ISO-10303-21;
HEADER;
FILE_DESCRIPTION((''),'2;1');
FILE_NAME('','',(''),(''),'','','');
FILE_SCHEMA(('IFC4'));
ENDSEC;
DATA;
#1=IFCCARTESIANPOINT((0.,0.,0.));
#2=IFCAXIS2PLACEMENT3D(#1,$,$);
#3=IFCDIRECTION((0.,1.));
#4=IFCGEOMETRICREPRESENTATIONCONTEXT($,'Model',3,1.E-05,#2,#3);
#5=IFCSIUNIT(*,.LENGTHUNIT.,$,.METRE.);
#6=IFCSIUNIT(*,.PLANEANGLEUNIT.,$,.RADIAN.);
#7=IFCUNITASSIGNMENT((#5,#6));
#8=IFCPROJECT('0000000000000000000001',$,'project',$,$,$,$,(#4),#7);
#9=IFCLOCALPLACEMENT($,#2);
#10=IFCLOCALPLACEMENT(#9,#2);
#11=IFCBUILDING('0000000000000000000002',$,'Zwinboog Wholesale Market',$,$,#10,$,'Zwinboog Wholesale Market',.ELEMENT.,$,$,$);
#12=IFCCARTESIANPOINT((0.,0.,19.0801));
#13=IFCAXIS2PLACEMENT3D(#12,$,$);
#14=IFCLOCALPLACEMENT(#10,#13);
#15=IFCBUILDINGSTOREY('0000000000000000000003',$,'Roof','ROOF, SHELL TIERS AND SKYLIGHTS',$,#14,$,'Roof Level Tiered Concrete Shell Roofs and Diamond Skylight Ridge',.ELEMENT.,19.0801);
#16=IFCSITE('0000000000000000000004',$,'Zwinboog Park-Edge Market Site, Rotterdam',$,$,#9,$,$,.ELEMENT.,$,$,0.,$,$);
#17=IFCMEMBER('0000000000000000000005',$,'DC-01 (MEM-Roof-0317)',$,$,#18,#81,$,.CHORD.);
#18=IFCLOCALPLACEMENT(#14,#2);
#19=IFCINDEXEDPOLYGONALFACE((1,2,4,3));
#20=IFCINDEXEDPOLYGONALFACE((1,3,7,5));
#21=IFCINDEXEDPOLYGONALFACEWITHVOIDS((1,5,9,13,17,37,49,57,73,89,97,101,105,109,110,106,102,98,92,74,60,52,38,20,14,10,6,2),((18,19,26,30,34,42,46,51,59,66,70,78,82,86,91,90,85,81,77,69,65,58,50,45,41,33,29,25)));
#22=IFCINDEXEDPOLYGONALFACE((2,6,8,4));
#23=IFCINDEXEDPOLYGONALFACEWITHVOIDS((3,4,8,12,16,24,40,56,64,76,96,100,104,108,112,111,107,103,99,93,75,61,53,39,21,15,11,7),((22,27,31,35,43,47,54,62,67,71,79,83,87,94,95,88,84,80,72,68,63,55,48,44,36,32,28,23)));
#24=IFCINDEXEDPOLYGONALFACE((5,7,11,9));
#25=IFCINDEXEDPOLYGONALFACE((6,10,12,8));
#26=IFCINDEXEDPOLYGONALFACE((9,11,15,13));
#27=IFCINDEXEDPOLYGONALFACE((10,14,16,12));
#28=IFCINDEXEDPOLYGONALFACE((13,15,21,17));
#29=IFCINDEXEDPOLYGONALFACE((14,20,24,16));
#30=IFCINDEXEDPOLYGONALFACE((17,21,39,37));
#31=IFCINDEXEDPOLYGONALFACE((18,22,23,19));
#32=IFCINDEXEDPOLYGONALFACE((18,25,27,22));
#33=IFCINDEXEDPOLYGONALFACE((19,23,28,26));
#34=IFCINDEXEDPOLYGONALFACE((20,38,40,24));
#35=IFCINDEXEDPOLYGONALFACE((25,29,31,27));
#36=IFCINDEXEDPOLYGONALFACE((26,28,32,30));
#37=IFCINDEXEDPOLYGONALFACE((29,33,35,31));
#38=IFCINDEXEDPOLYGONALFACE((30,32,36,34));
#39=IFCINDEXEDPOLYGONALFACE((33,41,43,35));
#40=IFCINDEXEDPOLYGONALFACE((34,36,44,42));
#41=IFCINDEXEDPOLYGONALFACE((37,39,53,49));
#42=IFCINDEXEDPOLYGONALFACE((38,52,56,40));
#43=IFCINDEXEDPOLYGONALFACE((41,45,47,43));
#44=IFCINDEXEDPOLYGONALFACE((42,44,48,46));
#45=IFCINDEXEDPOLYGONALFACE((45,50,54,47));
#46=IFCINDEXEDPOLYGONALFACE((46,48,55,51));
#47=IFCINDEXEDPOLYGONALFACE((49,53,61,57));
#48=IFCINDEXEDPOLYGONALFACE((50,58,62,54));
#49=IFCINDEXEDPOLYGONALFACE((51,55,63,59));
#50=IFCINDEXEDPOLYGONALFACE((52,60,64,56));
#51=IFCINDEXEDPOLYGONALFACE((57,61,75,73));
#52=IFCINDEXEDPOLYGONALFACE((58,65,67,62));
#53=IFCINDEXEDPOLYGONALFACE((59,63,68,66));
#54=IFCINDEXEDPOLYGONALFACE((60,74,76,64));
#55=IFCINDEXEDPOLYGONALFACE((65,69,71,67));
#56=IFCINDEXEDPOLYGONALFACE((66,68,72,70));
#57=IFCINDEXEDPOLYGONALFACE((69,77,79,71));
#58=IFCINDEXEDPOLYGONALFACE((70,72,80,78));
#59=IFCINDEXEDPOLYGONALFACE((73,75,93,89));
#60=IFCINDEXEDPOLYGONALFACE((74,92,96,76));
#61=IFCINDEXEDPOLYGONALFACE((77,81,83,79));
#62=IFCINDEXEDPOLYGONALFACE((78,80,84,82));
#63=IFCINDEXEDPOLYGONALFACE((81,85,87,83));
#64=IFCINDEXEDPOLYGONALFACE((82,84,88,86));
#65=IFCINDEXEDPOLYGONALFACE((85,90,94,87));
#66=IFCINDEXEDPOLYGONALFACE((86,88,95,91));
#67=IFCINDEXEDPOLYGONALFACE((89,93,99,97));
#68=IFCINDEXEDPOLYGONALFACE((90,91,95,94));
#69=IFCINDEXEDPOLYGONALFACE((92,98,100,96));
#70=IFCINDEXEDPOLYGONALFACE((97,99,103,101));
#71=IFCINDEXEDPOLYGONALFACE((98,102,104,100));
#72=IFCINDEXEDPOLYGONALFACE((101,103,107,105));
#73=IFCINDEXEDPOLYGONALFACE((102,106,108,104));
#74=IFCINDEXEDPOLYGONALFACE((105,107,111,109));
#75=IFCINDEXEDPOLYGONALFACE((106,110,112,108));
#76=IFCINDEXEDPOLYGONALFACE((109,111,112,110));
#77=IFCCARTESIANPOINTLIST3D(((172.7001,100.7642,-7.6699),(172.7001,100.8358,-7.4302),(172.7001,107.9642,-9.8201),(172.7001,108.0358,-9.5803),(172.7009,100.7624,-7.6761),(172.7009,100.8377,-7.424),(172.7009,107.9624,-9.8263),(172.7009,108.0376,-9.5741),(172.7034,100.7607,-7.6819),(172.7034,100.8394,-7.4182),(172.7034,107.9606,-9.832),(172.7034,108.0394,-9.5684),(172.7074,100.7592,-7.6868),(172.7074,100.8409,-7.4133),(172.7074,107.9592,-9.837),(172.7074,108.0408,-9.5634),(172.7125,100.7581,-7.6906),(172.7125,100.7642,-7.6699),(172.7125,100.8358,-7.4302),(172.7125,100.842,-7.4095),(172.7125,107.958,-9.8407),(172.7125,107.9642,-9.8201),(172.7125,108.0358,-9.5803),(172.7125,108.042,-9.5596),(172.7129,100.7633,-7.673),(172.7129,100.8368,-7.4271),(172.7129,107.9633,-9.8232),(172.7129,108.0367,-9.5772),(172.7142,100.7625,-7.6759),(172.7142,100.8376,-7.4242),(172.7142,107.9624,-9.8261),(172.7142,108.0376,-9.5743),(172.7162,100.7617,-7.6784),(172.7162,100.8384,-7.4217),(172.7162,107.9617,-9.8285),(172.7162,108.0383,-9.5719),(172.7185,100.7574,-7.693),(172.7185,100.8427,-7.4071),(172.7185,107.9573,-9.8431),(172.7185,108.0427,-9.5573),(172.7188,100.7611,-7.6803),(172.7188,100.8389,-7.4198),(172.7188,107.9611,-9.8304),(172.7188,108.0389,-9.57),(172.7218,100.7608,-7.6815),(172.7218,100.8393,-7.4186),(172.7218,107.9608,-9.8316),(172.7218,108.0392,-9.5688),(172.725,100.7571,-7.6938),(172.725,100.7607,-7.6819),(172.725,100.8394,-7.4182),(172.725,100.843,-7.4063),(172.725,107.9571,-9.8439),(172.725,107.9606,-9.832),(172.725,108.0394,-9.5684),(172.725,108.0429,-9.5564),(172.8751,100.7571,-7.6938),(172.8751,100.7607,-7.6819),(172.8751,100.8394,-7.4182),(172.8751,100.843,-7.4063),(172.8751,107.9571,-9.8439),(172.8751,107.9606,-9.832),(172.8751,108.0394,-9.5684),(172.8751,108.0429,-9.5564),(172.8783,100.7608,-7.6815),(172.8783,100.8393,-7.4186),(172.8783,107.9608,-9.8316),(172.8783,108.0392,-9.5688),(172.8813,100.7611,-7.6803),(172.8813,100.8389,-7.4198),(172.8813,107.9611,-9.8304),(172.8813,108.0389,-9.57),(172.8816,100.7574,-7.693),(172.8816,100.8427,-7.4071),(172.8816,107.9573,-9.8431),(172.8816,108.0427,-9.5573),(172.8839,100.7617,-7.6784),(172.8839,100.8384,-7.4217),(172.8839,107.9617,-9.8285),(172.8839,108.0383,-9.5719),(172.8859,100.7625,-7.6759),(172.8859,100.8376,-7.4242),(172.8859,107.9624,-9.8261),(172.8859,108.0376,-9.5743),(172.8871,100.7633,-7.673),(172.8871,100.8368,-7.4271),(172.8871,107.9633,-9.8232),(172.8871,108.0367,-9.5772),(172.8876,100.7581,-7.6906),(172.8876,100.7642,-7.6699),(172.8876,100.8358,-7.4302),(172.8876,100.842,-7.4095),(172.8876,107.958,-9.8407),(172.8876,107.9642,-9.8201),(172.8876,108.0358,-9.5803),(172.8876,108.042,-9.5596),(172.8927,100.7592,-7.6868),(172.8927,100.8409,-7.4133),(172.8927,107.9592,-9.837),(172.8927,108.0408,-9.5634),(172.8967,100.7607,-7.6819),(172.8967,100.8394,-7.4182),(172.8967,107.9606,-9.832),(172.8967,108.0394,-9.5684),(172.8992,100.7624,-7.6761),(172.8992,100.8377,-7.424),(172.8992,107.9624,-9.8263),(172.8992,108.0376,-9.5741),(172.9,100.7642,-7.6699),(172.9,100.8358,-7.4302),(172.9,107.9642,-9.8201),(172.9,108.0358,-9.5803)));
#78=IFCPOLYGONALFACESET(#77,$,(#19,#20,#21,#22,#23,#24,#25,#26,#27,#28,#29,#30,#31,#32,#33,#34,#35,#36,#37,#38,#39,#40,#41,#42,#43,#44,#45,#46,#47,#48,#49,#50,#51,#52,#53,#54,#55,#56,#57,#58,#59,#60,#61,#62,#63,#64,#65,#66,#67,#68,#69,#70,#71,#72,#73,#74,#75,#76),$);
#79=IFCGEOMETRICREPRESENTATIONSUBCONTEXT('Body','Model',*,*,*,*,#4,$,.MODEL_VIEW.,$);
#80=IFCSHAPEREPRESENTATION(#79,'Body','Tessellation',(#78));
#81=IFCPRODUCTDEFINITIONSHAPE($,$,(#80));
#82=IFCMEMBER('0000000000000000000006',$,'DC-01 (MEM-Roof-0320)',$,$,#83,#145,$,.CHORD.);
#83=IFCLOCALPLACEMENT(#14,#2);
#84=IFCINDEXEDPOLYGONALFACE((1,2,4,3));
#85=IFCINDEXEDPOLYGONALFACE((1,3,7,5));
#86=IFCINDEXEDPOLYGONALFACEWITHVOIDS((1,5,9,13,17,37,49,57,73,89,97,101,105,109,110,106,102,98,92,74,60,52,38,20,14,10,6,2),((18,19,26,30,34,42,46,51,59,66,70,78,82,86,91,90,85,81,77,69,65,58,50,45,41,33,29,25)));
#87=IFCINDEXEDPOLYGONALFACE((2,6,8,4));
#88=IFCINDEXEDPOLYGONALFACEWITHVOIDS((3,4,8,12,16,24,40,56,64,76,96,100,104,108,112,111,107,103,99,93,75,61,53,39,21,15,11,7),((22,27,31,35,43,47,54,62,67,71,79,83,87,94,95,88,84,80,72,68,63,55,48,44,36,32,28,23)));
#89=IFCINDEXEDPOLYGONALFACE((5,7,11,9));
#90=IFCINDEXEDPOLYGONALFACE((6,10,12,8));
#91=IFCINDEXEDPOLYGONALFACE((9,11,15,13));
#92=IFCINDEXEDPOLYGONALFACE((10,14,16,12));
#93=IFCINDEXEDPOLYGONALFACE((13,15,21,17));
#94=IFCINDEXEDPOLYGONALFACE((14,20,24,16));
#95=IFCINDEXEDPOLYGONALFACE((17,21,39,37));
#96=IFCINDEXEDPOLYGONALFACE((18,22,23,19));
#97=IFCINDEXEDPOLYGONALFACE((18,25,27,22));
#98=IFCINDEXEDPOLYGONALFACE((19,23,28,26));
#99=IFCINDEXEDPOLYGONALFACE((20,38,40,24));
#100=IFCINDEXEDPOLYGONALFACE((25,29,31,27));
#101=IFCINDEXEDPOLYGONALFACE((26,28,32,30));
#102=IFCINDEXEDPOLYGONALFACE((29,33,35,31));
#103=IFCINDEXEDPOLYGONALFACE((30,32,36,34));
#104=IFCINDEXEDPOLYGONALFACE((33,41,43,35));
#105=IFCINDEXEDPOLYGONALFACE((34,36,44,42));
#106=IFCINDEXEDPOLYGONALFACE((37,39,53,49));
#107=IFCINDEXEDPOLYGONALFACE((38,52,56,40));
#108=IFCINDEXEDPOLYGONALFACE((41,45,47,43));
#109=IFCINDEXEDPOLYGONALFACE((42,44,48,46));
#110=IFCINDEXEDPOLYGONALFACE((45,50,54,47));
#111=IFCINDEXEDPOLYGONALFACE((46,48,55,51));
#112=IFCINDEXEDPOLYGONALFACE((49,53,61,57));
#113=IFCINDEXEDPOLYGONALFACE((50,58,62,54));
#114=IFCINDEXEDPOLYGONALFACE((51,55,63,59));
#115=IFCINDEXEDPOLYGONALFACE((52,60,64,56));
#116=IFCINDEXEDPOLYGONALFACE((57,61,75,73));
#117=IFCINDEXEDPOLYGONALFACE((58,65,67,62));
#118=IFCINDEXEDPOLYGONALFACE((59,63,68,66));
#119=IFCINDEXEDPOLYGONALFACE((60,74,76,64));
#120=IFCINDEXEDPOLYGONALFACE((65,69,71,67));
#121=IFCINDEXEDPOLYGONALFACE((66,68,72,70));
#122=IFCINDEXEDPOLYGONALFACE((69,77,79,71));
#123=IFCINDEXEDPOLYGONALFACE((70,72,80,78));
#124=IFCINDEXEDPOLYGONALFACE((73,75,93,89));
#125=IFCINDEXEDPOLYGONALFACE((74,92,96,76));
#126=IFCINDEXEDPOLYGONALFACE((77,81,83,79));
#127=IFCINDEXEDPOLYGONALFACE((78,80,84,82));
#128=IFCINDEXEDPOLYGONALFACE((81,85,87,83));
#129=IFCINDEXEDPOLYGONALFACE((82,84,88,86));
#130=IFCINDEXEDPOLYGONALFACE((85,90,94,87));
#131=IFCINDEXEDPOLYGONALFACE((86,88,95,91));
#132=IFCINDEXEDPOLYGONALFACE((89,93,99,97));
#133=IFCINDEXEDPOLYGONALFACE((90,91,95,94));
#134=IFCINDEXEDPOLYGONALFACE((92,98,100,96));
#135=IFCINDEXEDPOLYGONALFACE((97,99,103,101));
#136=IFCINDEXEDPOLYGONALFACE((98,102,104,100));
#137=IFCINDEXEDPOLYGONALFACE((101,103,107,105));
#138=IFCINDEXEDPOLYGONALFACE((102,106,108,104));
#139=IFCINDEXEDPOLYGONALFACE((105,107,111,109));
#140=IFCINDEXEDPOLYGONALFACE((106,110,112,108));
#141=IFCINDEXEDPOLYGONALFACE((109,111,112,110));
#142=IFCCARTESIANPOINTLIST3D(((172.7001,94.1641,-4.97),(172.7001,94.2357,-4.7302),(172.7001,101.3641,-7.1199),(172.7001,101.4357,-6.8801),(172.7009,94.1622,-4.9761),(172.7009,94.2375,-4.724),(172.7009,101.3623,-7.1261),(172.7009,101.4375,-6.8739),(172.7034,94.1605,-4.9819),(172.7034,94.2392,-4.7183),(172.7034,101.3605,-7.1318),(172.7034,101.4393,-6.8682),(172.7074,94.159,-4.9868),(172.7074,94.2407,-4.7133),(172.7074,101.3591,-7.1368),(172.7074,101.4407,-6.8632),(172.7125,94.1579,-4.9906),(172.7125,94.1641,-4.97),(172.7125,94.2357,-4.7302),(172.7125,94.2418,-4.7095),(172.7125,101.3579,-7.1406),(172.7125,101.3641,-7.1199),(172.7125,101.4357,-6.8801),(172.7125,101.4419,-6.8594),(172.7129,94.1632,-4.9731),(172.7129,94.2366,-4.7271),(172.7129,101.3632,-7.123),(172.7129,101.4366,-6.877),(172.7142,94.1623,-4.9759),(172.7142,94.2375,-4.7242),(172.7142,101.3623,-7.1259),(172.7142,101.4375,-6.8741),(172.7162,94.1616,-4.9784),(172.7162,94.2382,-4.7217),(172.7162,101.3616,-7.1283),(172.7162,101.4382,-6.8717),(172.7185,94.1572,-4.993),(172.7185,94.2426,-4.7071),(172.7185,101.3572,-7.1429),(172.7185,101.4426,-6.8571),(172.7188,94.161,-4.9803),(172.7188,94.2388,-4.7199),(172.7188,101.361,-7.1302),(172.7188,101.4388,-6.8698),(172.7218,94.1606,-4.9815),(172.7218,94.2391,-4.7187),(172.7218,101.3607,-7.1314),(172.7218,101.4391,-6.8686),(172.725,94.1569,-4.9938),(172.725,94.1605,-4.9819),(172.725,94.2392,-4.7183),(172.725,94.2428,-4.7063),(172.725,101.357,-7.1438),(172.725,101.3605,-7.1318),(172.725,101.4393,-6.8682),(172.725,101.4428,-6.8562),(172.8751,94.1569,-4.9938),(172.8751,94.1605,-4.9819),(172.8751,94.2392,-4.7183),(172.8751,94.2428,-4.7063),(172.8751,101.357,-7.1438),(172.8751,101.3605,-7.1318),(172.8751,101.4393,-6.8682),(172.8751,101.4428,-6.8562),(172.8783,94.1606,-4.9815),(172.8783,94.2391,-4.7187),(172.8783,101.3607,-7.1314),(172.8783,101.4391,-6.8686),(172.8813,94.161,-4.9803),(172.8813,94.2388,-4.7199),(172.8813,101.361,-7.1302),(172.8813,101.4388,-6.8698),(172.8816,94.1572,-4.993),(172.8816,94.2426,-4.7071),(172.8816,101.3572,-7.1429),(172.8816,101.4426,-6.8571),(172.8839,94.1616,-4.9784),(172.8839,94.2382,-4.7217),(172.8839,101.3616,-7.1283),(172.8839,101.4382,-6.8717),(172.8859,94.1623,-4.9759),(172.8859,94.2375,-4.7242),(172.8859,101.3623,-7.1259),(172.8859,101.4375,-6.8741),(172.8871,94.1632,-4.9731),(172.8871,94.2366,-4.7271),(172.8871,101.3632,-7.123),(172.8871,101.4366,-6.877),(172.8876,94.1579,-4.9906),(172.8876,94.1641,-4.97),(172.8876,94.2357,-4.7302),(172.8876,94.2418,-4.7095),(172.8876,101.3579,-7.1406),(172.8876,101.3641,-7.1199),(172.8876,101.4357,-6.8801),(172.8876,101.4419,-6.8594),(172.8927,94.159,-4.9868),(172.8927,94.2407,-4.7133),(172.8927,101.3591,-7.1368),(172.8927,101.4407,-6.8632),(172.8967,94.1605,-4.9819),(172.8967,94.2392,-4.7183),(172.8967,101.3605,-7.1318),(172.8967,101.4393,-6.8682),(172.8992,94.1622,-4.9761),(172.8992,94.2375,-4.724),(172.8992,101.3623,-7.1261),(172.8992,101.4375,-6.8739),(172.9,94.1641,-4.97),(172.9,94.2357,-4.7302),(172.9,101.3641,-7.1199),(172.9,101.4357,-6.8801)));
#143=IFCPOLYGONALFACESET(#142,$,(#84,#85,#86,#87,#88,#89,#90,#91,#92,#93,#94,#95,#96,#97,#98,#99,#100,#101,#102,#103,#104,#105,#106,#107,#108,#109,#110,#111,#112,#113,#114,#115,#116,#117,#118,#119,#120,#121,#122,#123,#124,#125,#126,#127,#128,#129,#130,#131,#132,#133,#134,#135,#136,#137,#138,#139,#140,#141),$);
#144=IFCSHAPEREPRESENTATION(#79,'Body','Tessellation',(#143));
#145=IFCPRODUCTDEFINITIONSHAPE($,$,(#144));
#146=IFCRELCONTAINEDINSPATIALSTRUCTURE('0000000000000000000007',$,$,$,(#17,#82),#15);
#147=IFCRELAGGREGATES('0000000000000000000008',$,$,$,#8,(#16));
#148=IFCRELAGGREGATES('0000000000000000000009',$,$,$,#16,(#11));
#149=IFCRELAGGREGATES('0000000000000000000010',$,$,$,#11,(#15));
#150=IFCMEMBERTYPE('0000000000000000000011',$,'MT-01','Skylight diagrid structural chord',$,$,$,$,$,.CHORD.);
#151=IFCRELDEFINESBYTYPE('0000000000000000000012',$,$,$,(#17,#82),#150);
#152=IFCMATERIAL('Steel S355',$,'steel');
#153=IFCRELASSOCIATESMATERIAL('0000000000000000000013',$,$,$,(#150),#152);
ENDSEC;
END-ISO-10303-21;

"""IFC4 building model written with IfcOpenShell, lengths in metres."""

from ifc_helpers import new_model, si_unit, direction, frame, origin, origin_2d, place, context, subcontext, project, spatial, hollow_rectangle, extrude, material, material_profile, profile_set, type_object, element, save


model = new_model("IFC4")

# Units and contexts
model_context = context("Model", 3, precision=1e-05, world=origin(), true_north=direction((0.0, 1.0)))
body_context = subcontext(model_context, "Body", "Model", "MODEL_VIEW")
ifc_project = project(units=[si_unit("LENGTHUNIT", "METRE"), si_unit("PLANEANGLEUNIT", "RADIAN")], contexts=[model_context])

# Site, building, storey
site_placement = place(None, origin())
site = spatial("IfcSite", under=ifc_project, at=site_placement, Name="Zwinboog Park-Edge Market Site, Rotterdam", CompositionType="ELEMENT", RefElevation=0.0)
building_placement = place(site_placement, origin())
building = spatial("IfcBuilding", under=site, at=building_placement, Name="Zwinboog Wholesale Market", LongName="Zwinboog Wholesale Market", CompositionType="ELEMENT")
storey_placement = place(building_placement, frame((0.0, 0.0, 19.0801)))
storey = spatial("IfcBuildingStorey", under=building, at=storey_placement, Name="Roof", Description="ROOF, SHELL TIERS AND SKYLIGHTS", LongName="Roof Level Tiered Concrete Shell Roofs and Diamond Skylight Ridge", CompositionType="ELEMENT", Elevation=19.0801)

# Members
ifc_material_1 = material(Name="Steel S355", Category="steel")
ifc_material_profile_1 = material_profile(ifc_material_1, hollow_rectangle(XDim=0.2, YDim=0.3, WallThickness=0.0125, InnerFilletRadius=0.0125, OuterFilletRadius=0.0249, at=origin_2d()), Name="RHS 300x200x12.5")
ifc_profile_set_1 = profile_set([ifc_material_profile_1], Name="Steel S355")
member_type_1 = type_object("IfcMemberType", Name="MT-01", Description="Skylight diagrid structural chord", PredefinedType="CHORD", material=ifc_profile_set_1)
for number, where, z_axis, x_axis, name in (
    (1, (172.8, 108.0, -9.7002), (0.0, -0.958186, 0.286146), (1.0, 0.0, 0.0), "DC-01 (MEM-Roof-0317)"),
    (2, (172.8, 101.3999, -7.0), (0.0, -0.958195, 0.286117), (1.0, 0.0, 0.0), "DC-01 (MEM-Roof-0320)"),
):
    element("IfcMember", number, at=place(storey_placement, frame(where, z_axis=z_axis, x_axis=x_axis)), inside=storey, type_object=member_type_1, Name=name, PredefinedType="CHORD", context=body_context, shape_type="SweptSolid", body=[
        extrude(hollow_rectangle(XDim=0.2, YDim=0.3, WallThickness=0.0125, InnerFilletRadius=0.0125, OuterFilletRadius=0.0249, at=origin_2d()), origin(), (0.0, 0.0, 1.0), 7.5142),
    ])

save(model, "model.ifc")
